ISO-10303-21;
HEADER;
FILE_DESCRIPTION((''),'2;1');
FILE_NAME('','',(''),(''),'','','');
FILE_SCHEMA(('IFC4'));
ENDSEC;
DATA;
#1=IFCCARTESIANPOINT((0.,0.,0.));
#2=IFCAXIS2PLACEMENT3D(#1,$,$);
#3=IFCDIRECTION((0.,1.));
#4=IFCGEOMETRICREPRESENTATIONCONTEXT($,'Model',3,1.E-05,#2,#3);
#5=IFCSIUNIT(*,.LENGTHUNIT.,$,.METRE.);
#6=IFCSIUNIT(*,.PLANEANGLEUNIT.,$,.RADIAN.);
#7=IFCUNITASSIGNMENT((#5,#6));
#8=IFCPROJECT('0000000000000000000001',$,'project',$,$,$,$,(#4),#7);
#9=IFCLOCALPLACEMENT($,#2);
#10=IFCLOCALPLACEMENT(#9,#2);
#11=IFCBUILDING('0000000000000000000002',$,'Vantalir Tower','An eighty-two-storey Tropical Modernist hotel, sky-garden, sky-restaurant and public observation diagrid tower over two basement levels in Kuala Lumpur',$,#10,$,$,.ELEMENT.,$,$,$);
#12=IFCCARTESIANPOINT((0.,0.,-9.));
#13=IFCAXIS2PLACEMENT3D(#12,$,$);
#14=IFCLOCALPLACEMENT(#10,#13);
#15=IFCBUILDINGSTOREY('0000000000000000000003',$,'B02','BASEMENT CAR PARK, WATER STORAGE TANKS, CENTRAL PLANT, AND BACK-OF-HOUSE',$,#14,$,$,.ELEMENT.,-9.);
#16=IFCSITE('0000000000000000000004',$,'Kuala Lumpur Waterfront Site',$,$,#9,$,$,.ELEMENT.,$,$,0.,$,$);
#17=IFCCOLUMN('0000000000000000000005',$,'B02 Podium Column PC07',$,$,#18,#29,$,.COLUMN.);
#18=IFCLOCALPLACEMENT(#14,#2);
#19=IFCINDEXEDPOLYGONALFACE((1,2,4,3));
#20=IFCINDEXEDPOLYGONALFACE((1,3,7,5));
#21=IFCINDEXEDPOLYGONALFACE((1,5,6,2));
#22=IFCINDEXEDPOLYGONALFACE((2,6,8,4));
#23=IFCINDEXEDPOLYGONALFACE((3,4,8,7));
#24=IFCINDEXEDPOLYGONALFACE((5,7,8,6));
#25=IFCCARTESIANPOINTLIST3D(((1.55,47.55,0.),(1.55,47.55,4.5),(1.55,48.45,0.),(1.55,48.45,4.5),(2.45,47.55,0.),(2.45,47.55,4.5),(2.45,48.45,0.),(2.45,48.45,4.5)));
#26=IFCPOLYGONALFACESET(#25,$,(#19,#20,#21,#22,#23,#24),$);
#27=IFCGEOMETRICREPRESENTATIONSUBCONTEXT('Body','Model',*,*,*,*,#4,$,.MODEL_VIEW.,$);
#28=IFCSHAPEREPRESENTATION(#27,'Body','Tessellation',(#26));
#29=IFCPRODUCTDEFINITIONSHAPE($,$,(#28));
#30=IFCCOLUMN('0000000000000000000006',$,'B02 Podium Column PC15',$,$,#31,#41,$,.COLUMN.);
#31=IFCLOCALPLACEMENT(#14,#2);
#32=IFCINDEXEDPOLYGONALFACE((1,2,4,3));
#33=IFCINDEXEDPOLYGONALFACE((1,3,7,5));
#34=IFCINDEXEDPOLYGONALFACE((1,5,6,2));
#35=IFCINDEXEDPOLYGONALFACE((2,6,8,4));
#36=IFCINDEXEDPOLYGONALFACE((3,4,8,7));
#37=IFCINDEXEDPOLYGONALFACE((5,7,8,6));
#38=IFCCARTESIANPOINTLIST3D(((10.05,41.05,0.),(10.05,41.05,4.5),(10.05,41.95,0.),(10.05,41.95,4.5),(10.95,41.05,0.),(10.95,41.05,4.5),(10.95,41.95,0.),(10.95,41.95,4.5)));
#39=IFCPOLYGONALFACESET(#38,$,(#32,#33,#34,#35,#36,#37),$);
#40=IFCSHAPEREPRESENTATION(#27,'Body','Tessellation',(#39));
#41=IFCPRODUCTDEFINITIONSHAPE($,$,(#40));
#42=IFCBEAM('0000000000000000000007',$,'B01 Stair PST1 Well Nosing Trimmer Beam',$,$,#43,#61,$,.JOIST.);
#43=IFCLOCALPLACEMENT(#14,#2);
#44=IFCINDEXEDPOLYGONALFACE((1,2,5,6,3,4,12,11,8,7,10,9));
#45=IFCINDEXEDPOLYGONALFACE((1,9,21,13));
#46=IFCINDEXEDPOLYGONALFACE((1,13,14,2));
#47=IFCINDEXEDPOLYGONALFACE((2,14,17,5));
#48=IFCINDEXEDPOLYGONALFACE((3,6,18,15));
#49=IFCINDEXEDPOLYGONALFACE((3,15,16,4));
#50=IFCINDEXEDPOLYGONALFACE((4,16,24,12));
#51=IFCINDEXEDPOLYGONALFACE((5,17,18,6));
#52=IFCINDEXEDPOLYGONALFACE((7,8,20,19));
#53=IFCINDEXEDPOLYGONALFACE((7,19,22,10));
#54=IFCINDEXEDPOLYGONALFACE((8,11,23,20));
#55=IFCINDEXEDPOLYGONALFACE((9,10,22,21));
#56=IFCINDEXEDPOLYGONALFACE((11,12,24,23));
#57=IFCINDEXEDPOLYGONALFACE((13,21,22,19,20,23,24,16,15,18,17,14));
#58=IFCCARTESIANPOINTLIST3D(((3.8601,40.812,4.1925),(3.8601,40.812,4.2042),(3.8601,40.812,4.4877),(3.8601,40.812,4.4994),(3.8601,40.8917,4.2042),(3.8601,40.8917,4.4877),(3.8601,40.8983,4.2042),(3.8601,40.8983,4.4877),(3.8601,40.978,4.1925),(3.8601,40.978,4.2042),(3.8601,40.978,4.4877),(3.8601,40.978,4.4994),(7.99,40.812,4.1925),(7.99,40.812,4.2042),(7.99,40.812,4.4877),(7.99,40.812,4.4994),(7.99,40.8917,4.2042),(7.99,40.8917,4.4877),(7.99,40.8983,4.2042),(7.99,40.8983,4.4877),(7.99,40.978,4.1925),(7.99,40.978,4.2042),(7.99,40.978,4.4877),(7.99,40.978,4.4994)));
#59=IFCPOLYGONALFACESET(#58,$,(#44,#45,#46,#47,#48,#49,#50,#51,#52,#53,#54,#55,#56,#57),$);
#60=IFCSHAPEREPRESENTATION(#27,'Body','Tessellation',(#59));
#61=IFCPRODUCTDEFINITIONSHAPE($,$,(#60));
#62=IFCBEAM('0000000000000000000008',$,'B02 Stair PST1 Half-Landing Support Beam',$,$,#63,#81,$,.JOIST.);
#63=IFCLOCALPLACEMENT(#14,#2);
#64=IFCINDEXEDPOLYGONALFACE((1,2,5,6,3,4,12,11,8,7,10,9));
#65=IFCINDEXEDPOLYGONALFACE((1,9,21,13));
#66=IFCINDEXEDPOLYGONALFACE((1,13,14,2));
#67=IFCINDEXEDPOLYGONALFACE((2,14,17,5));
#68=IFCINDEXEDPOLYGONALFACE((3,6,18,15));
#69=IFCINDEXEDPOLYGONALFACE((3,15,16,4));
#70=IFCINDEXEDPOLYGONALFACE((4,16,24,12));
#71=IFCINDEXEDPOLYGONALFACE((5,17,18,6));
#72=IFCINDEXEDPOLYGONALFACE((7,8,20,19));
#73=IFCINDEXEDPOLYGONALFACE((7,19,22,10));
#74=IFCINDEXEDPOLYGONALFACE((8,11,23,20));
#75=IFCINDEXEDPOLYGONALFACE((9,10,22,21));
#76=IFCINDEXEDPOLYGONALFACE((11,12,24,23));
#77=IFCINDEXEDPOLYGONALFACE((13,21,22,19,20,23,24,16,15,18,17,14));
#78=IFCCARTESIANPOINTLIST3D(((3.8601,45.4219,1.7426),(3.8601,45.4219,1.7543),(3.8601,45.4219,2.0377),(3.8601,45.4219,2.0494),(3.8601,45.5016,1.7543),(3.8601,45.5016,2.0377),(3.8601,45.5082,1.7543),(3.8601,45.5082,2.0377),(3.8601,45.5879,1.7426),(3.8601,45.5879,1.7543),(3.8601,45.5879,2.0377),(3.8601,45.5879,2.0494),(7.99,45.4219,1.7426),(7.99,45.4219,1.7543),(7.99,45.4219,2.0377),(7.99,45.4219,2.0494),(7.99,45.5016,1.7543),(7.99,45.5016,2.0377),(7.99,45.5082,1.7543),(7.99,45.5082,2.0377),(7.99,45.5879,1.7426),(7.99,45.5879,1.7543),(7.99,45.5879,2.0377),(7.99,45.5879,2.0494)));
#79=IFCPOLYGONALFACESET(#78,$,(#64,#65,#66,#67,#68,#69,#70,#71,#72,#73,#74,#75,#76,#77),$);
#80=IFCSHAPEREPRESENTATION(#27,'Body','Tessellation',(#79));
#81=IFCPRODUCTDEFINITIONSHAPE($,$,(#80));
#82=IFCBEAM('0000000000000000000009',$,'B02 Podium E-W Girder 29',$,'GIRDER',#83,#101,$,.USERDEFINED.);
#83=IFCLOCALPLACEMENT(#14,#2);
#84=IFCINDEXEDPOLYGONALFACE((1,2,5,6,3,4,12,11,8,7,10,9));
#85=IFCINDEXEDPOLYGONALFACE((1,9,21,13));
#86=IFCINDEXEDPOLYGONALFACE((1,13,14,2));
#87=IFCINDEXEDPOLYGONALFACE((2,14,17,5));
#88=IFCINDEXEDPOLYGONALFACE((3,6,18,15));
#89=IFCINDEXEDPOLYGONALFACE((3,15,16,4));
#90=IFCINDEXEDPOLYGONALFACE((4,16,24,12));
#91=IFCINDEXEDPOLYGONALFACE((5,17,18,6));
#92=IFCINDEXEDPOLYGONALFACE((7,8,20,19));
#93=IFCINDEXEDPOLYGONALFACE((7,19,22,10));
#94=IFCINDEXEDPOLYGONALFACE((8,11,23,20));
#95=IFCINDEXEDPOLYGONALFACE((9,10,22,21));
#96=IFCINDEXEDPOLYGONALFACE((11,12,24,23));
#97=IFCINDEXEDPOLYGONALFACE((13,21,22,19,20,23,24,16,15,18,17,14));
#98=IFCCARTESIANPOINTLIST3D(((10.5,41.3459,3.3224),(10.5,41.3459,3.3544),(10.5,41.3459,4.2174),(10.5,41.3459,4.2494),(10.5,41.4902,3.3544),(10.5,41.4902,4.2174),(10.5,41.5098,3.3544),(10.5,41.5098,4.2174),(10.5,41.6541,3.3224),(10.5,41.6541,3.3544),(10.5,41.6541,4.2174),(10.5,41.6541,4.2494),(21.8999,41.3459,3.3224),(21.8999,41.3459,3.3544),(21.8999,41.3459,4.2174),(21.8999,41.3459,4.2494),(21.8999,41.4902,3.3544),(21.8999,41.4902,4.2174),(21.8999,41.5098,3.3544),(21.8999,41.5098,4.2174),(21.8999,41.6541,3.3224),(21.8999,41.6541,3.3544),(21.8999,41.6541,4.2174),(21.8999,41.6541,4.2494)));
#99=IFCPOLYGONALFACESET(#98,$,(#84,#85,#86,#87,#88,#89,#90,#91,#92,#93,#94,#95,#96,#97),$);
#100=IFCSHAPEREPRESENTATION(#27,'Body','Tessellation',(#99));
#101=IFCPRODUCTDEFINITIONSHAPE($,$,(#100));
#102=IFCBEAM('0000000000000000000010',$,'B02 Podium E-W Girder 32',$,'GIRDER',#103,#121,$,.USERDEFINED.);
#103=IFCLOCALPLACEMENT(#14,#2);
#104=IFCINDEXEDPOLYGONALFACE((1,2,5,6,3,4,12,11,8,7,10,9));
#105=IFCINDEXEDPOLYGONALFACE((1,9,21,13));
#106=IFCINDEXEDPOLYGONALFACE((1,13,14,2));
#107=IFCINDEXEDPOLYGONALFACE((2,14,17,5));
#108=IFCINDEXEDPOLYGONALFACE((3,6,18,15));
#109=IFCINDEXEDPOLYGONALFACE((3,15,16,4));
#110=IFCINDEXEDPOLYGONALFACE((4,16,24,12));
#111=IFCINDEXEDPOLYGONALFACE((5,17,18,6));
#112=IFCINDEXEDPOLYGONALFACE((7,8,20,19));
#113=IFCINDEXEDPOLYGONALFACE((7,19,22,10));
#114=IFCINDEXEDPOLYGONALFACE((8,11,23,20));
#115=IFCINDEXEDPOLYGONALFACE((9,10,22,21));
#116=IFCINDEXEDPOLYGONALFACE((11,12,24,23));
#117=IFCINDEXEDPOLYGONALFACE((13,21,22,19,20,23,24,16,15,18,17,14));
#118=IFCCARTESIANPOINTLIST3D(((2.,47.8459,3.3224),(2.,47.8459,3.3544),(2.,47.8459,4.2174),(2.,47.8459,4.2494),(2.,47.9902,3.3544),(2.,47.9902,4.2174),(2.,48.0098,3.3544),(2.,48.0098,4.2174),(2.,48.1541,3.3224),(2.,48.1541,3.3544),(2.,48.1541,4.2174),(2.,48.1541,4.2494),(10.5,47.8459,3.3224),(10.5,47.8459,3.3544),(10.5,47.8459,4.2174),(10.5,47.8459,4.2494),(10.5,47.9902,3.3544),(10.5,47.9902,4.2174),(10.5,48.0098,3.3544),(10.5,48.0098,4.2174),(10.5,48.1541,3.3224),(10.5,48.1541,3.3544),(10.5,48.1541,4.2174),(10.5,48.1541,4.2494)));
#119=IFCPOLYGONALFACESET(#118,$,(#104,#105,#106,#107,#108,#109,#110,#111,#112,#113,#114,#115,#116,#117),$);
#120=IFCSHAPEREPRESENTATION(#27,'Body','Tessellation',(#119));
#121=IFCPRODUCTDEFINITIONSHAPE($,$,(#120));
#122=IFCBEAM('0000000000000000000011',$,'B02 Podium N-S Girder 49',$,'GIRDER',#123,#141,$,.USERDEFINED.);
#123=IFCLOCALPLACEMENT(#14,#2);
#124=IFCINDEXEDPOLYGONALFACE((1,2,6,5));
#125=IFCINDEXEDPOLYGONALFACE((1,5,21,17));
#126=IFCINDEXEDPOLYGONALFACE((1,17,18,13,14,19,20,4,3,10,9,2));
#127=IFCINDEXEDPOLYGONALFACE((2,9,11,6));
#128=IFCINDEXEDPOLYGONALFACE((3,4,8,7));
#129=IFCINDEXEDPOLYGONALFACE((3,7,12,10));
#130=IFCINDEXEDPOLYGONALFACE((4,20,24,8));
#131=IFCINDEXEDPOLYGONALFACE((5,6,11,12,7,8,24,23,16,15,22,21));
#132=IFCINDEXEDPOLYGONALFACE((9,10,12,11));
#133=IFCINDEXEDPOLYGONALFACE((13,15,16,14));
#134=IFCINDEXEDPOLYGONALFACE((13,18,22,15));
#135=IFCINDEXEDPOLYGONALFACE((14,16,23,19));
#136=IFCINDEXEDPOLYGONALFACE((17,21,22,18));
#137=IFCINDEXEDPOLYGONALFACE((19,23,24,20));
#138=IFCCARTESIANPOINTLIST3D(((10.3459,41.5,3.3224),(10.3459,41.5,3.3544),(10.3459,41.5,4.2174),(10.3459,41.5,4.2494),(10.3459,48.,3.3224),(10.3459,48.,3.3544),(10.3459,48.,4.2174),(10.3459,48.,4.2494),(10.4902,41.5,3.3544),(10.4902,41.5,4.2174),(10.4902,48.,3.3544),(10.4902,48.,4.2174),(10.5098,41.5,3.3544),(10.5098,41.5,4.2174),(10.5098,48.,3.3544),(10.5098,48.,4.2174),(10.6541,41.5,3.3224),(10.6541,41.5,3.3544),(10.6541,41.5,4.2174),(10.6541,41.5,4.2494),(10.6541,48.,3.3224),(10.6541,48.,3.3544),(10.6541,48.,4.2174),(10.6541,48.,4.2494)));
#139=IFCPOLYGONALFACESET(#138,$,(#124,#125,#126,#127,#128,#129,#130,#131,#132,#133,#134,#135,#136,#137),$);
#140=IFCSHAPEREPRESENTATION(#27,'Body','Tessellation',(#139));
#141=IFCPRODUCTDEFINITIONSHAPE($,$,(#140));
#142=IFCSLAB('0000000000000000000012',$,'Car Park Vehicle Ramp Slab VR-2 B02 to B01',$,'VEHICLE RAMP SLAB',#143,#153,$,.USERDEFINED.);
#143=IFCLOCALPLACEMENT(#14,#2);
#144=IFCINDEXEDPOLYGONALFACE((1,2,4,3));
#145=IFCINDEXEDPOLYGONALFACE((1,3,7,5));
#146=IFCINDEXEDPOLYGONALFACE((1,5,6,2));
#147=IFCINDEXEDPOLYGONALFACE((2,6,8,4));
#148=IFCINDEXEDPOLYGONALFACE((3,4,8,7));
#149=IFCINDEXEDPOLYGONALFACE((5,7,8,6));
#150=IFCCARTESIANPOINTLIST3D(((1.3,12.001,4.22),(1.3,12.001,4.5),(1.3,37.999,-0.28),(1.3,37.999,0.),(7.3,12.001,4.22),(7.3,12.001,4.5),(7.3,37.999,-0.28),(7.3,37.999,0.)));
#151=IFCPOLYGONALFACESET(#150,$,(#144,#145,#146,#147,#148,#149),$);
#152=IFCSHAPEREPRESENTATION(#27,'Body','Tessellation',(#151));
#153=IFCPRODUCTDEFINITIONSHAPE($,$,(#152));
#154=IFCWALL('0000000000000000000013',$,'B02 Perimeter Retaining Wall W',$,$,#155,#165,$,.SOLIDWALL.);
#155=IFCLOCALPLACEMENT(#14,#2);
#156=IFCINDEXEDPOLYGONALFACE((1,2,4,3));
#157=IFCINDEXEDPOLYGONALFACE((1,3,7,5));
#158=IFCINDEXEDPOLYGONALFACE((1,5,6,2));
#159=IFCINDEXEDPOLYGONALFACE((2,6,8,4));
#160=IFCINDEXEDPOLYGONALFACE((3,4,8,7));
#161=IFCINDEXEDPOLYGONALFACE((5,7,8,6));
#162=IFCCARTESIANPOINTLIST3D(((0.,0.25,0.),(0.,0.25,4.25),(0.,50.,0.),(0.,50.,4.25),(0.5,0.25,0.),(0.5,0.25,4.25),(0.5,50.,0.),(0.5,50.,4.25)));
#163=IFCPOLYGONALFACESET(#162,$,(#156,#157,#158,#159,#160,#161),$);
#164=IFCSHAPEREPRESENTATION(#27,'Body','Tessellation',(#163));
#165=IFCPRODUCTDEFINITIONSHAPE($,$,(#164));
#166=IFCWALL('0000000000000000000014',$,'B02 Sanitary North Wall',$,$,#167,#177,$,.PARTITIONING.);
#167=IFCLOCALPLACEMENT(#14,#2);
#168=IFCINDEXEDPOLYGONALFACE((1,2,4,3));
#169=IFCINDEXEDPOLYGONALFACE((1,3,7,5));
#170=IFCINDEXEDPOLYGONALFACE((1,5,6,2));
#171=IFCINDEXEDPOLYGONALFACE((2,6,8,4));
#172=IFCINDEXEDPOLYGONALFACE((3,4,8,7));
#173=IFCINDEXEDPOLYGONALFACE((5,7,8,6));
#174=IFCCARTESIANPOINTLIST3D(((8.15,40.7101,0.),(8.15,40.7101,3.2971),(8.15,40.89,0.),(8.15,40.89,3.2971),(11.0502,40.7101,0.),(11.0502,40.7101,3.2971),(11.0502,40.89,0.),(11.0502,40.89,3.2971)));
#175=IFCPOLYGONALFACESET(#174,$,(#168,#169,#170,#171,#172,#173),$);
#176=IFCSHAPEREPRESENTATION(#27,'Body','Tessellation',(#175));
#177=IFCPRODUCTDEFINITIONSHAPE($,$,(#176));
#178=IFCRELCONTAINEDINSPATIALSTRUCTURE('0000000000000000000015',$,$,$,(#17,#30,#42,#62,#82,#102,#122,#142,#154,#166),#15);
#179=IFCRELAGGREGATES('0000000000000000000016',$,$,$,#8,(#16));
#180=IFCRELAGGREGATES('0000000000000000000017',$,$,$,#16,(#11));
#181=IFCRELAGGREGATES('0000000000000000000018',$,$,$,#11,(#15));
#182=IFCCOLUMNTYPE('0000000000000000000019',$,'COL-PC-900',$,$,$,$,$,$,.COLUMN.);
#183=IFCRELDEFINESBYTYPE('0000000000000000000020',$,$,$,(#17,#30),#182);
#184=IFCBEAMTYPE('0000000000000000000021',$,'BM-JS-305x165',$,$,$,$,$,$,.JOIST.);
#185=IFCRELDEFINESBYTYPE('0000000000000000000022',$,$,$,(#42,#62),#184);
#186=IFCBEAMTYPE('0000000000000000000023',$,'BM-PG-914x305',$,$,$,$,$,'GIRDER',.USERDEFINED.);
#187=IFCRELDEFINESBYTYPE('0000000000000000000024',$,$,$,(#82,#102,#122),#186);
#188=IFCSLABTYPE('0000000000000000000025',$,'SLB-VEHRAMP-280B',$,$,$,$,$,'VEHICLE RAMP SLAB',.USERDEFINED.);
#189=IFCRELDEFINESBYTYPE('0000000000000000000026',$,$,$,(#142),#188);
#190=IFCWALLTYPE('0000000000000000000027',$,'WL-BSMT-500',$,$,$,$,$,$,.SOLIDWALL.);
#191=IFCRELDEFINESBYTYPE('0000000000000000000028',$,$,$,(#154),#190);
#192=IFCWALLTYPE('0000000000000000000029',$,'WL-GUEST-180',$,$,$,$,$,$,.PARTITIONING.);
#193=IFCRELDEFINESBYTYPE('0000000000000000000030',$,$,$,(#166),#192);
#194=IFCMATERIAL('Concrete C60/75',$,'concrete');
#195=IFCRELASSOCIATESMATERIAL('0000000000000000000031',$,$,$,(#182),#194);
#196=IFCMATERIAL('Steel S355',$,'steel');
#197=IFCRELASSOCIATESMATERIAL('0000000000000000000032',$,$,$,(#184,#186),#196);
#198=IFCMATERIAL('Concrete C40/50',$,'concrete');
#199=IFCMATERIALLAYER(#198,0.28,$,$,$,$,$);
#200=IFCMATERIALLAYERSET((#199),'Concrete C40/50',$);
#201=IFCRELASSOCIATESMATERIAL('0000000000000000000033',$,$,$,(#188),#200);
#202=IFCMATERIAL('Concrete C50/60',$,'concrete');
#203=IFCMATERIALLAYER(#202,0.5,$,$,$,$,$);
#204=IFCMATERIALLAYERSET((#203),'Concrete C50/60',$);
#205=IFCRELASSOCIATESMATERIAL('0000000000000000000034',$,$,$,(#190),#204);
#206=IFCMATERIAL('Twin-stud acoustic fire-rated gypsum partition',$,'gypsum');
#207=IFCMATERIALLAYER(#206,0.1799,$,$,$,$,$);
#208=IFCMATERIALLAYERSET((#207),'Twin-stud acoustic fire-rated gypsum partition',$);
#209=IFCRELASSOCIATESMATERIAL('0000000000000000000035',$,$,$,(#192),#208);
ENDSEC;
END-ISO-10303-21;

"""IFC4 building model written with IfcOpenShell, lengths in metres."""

from ifc_helpers import new_model, si_unit, direction, frame, frame_2d, origin, origin_2d, place, context, subcontext, project, spatial, polyline, rectangle, i_section, outline, extrude, material, layer, layer_set, material_profile, profile_set, type_object, element, save


model = new_model("IFC4")

# Units and contexts
model_context = context("Model", 3, precision=1e-05, world=origin(), true_north=direction((0.0, 1.0)))
body_context = subcontext(model_context, "Body", "Model", "MODEL_VIEW")
ifc_project = project(units=[si_unit("LENGTHUNIT", "METRE"), si_unit("PLANEANGLEUNIT", "RADIAN")], contexts=[model_context])

# Site, building, storey
site_placement = place(None, origin())
site = spatial("IfcSite", under=ifc_project, at=site_placement, Name="Kuala Lumpur Waterfront Site", CompositionType="ELEMENT", RefElevation=0.0)
building_placement = place(site_placement, origin())
building = spatial("IfcBuilding", under=site, at=building_placement, Name="Vantalir Tower", Description="An eighty-two-storey Tropical Modernist hotel, sky-garden, sky-restaurant and public observation diagrid tower over two basement levels in Kuala Lumpur", CompositionType="ELEMENT")
storey_placement = place(building_placement, frame((0.0, 0.0, -9.0)))
storey = spatial("IfcBuildingStorey", under=building, at=storey_placement, Name="B02", Description="BASEMENT CAR PARK, WATER STORAGE TANKS, CENTRAL PLANT, AND BACK-OF-HOUSE", CompositionType="ELEMENT", Elevation=-9.0)

# Shared definitions
ifc_material_1 = material(Name="Concrete C50/60", Category="concrete")

# Columns
ifc_material_2 = material(Name="Concrete C60/75", Category="concrete")
ifc_material_profile_1 = material_profile(ifc_material_2, rectangle(XDim=0.8999, YDim=0.8999, at=origin_2d()), Name="Concrete C60/75")
ifc_profile_set_1 = profile_set([ifc_material_profile_1], Name="Concrete C60/75")
column_type = type_object("IfcColumnType", Name="COL-PC-900", PredefinedType="COLUMN", material=ifc_profile_set_1)
for number, where, z_axis, x_axis, name in (
    (1, (2.0, 48.0, 0.0), (0.0, 0.0, 1.0), (1.0, 0.0, 0.0), "B02 Podium Column PC07"),
    (2, (10.5, 41.5, 0.0), (0.0, 0.0, 1.0), (1.0, 0.0, 0.0), "B02 Podium Column PC15"),
):
    element("IfcColumn", number, at=place(storey_placement, frame(where, z_axis=z_axis, x_axis=x_axis)), inside=storey, type_object=column_type, Name=name, PredefinedType="COLUMN", context=body_context, shape_type="SweptSolid", body=[
        extrude(rectangle(XDim=0.8999, YDim=0.8999, at=origin_2d()), origin(), (0.0, 0.0, 1.0), 4.5),
    ])

# Beams
ifc_material_3 = material(Name="Steel S355", Category="steel")
ifc_material_profile_2 = material_profile(ifc_material_3, i_section(OverallWidth=0.166, OverallDepth=0.3069, WebThickness=0.0066, FlangeThickness=0.0117, at=origin_2d()), Name="Steel S355")
ifc_profile_set_2 = profile_set([ifc_material_profile_2], Name="Steel S355")
beam_type_1 = type_object("IfcBeamType", Name="BM-JS-305x165", PredefinedType="JOIST", material=ifc_profile_set_2)
for number, where, z_axis, x_axis, name in (
    (3, (3.8601, 40.895, 4.3459), (1.0, 0.0, 0.0), (0.0, 1.0, 0.0), "B01 Stair PST1 Well Nosing Trimmer Beam"),
    (4, (3.8601, 45.5049, 1.896), (1.0, 0.0, 0.0), (0.0, 1.0, 0.0), "B02 Stair PST1 Half-Landing Support Beam"),
):
    element("IfcBeam", number, at=place(storey_placement, frame(where, z_axis=z_axis, x_axis=x_axis)), inside=storey, type_object=beam_type_1, Name=name, PredefinedType="JOIST", context=body_context, shape_type="SweptSolid", body=[
        extrude(i_section(OverallWidth=0.166, OverallDepth=0.3069, WebThickness=0.0066, FlangeThickness=0.0117, at=origin_2d()), origin(), (0.0, 0.0, 1.0), 4.1299),
    ])
ifc_material_profile_3 = material_profile(ifc_material_3, i_section(OverallWidth=0.3081, OverallDepth=0.927, WebThickness=0.0195, FlangeThickness=0.032, at=origin_2d()), Name="Steel S355")
ifc_profile_set_3 = profile_set([ifc_material_profile_3], Name="Steel S355")
beam_type_2 = type_object("IfcBeamType", Name="BM-PG-914x305", ElementType="GIRDER", PredefinedType="USERDEFINED", material=ifc_profile_set_3)
beam_1_placement = place(storey_placement, frame((10.5, 41.5, 3.7859), z_axis=(1.0, 0.0, 0.0), x_axis=(0.0, 1.0, 0.0)))
element("IfcBeam", 5, at=beam_1_placement, inside=storey, type_object=beam_type_2, Name="B02 Podium E-W Girder 29", ObjectType="GIRDER", PredefinedType="USERDEFINED", context=body_context, shape_type="SweptSolid", body=[
    extrude(i_section(OverallWidth=0.3081, OverallDepth=0.927, WebThickness=0.0195, FlangeThickness=0.032, at=origin_2d()), origin(), (0.0, 0.0, 1.0), 11.3999),
])
beam_2_placement = place(storey_placement, frame((2.0, 48.0, 3.7859), z_axis=(1.0, 0.0, 0.0), x_axis=(0.0, 1.0, 0.0)))
element("IfcBeam", 6, at=beam_2_placement, inside=storey, type_object=beam_type_2, Name="B02 Podium E-W Girder 32", ObjectType="GIRDER", PredefinedType="USERDEFINED", context=body_context, shape_type="SweptSolid", body=[
    extrude(i_section(OverallWidth=0.3081, OverallDepth=0.927, WebThickness=0.0195, FlangeThickness=0.032, at=origin_2d()), origin(), (0.0, 0.0, 1.0), 8.5),
])
beam_3_placement = place(storey_placement, frame((10.5, 41.5, 3.7859), z_axis=(0.0, 1.0, 0.0), x_axis=(-1.0, 0.0, 0.0)))
element("IfcBeam", 7, at=beam_3_placement, inside=storey, type_object=beam_type_2, Name="B02 Podium N-S Girder 49", ObjectType="GIRDER", PredefinedType="USERDEFINED", context=body_context, shape_type="SweptSolid", body=[
    extrude(i_section(OverallWidth=0.3081, OverallDepth=0.927, WebThickness=0.0195, FlangeThickness=0.032, at=origin_2d()), origin(), (0.0, 0.0, 1.0), 6.5),
])

# Slab
ifc_material_4 = material(Name="Concrete C40/50", Category="concrete")
ifc_layer_1 = layer(ifc_material_4, 0.28)
ifc_layer_set_1 = layer_set([ifc_layer_1], Name="Concrete C40/50")
slab_type = type_object("IfcSlabType", Name="SLB-VEHRAMP-280B", ElementType="VEHICLE RAMP SLAB", PredefinedType="USERDEFINED", material=ifc_layer_set_1)
slab_placement = place(storey_placement, frame((4.3, 37.999, 0.0), z_axis=(0.0, 0.0, 1.0), x_axis=(0.0, -1.0, 0.0)))
element("IfcSlab", 8, at=slab_placement, inside=storey, type_object=slab_type, Name="Car Park Vehicle Ramp Slab VR-2 B02 to B01", ObjectType="VEHICLE RAMP SLAB", PredefinedType="USERDEFINED", context=body_context, shape_type="SweptSolid", body=[
    extrude(outline(polyline([(0.0, -0.28), (0.0, 0.0), (25.998, 4.5), (25.998, 4.22), (0.0, -0.28)])), frame((0.0, 3.0, 0.0), z_axis=(0.0, -1.0, 0.0), x_axis=(1.0, 0.0, 0.0)), (0.0, 0.0, 1.0), 6.0),
])

# Walls
ifc_layer_2 = layer(ifc_material_1, 0.5)
ifc_layer_set_2 = layer_set([ifc_layer_2], Name="Concrete C50/60")
wall_type_1 = type_object("IfcWallType", Name="WL-BSMT-500", PredefinedType="SOLIDWALL", material=ifc_layer_set_2)
wall_1_placement = place(storey_placement, frame((0.25, 50.0, 0.0), z_axis=(0.0, 0.0, 1.0), x_axis=(0.0, -1.0, 0.0)))
element("IfcWall", 9, at=wall_1_placement, inside=storey, type_object=wall_type_1, Name="B02 Perimeter Retaining Wall W", PredefinedType="SOLIDWALL", context=body_context, shape_type="SweptSolid", body=[
    extrude(rectangle(XDim=49.75, YDim=0.5, at=frame_2d((24.875, 0.0))), origin(), (0.0, 0.0, 1.0), 4.25),
])
ifc_material_5 = material(Name="Twin-stud acoustic fire-rated gypsum partition", Category="gypsum")
ifc_layer_3 = layer(ifc_material_5, 0.1799)
ifc_layer_set_3 = layer_set([ifc_layer_3], Name="Twin-stud acoustic fire-rated gypsum partition")
wall_type_2 = type_object("IfcWallType", Name="WL-GUEST-180", PredefinedType="PARTITIONING", material=ifc_layer_set_3)
wall_2_placement = place(storey_placement, frame((8.1499, 40.8, 0.0), z_axis=(0.0, 0.0, 1.0), x_axis=(1.0, 0.0, 0.0)))
element("IfcWall", 10, at=wall_2_placement, inside=storey, type_object=wall_type_2, Name="B02 Sanitary North Wall", PredefinedType="PARTITIONING", context=body_context, shape_type="SweptSolid", body=[
    extrude(rectangle(XDim=2.9001, YDim=0.1799, at=frame_2d((1.4502, 0.0))), origin(), (0.0, 0.0, 1.0), 3.2971),
])

save(model, "model.ifc")
